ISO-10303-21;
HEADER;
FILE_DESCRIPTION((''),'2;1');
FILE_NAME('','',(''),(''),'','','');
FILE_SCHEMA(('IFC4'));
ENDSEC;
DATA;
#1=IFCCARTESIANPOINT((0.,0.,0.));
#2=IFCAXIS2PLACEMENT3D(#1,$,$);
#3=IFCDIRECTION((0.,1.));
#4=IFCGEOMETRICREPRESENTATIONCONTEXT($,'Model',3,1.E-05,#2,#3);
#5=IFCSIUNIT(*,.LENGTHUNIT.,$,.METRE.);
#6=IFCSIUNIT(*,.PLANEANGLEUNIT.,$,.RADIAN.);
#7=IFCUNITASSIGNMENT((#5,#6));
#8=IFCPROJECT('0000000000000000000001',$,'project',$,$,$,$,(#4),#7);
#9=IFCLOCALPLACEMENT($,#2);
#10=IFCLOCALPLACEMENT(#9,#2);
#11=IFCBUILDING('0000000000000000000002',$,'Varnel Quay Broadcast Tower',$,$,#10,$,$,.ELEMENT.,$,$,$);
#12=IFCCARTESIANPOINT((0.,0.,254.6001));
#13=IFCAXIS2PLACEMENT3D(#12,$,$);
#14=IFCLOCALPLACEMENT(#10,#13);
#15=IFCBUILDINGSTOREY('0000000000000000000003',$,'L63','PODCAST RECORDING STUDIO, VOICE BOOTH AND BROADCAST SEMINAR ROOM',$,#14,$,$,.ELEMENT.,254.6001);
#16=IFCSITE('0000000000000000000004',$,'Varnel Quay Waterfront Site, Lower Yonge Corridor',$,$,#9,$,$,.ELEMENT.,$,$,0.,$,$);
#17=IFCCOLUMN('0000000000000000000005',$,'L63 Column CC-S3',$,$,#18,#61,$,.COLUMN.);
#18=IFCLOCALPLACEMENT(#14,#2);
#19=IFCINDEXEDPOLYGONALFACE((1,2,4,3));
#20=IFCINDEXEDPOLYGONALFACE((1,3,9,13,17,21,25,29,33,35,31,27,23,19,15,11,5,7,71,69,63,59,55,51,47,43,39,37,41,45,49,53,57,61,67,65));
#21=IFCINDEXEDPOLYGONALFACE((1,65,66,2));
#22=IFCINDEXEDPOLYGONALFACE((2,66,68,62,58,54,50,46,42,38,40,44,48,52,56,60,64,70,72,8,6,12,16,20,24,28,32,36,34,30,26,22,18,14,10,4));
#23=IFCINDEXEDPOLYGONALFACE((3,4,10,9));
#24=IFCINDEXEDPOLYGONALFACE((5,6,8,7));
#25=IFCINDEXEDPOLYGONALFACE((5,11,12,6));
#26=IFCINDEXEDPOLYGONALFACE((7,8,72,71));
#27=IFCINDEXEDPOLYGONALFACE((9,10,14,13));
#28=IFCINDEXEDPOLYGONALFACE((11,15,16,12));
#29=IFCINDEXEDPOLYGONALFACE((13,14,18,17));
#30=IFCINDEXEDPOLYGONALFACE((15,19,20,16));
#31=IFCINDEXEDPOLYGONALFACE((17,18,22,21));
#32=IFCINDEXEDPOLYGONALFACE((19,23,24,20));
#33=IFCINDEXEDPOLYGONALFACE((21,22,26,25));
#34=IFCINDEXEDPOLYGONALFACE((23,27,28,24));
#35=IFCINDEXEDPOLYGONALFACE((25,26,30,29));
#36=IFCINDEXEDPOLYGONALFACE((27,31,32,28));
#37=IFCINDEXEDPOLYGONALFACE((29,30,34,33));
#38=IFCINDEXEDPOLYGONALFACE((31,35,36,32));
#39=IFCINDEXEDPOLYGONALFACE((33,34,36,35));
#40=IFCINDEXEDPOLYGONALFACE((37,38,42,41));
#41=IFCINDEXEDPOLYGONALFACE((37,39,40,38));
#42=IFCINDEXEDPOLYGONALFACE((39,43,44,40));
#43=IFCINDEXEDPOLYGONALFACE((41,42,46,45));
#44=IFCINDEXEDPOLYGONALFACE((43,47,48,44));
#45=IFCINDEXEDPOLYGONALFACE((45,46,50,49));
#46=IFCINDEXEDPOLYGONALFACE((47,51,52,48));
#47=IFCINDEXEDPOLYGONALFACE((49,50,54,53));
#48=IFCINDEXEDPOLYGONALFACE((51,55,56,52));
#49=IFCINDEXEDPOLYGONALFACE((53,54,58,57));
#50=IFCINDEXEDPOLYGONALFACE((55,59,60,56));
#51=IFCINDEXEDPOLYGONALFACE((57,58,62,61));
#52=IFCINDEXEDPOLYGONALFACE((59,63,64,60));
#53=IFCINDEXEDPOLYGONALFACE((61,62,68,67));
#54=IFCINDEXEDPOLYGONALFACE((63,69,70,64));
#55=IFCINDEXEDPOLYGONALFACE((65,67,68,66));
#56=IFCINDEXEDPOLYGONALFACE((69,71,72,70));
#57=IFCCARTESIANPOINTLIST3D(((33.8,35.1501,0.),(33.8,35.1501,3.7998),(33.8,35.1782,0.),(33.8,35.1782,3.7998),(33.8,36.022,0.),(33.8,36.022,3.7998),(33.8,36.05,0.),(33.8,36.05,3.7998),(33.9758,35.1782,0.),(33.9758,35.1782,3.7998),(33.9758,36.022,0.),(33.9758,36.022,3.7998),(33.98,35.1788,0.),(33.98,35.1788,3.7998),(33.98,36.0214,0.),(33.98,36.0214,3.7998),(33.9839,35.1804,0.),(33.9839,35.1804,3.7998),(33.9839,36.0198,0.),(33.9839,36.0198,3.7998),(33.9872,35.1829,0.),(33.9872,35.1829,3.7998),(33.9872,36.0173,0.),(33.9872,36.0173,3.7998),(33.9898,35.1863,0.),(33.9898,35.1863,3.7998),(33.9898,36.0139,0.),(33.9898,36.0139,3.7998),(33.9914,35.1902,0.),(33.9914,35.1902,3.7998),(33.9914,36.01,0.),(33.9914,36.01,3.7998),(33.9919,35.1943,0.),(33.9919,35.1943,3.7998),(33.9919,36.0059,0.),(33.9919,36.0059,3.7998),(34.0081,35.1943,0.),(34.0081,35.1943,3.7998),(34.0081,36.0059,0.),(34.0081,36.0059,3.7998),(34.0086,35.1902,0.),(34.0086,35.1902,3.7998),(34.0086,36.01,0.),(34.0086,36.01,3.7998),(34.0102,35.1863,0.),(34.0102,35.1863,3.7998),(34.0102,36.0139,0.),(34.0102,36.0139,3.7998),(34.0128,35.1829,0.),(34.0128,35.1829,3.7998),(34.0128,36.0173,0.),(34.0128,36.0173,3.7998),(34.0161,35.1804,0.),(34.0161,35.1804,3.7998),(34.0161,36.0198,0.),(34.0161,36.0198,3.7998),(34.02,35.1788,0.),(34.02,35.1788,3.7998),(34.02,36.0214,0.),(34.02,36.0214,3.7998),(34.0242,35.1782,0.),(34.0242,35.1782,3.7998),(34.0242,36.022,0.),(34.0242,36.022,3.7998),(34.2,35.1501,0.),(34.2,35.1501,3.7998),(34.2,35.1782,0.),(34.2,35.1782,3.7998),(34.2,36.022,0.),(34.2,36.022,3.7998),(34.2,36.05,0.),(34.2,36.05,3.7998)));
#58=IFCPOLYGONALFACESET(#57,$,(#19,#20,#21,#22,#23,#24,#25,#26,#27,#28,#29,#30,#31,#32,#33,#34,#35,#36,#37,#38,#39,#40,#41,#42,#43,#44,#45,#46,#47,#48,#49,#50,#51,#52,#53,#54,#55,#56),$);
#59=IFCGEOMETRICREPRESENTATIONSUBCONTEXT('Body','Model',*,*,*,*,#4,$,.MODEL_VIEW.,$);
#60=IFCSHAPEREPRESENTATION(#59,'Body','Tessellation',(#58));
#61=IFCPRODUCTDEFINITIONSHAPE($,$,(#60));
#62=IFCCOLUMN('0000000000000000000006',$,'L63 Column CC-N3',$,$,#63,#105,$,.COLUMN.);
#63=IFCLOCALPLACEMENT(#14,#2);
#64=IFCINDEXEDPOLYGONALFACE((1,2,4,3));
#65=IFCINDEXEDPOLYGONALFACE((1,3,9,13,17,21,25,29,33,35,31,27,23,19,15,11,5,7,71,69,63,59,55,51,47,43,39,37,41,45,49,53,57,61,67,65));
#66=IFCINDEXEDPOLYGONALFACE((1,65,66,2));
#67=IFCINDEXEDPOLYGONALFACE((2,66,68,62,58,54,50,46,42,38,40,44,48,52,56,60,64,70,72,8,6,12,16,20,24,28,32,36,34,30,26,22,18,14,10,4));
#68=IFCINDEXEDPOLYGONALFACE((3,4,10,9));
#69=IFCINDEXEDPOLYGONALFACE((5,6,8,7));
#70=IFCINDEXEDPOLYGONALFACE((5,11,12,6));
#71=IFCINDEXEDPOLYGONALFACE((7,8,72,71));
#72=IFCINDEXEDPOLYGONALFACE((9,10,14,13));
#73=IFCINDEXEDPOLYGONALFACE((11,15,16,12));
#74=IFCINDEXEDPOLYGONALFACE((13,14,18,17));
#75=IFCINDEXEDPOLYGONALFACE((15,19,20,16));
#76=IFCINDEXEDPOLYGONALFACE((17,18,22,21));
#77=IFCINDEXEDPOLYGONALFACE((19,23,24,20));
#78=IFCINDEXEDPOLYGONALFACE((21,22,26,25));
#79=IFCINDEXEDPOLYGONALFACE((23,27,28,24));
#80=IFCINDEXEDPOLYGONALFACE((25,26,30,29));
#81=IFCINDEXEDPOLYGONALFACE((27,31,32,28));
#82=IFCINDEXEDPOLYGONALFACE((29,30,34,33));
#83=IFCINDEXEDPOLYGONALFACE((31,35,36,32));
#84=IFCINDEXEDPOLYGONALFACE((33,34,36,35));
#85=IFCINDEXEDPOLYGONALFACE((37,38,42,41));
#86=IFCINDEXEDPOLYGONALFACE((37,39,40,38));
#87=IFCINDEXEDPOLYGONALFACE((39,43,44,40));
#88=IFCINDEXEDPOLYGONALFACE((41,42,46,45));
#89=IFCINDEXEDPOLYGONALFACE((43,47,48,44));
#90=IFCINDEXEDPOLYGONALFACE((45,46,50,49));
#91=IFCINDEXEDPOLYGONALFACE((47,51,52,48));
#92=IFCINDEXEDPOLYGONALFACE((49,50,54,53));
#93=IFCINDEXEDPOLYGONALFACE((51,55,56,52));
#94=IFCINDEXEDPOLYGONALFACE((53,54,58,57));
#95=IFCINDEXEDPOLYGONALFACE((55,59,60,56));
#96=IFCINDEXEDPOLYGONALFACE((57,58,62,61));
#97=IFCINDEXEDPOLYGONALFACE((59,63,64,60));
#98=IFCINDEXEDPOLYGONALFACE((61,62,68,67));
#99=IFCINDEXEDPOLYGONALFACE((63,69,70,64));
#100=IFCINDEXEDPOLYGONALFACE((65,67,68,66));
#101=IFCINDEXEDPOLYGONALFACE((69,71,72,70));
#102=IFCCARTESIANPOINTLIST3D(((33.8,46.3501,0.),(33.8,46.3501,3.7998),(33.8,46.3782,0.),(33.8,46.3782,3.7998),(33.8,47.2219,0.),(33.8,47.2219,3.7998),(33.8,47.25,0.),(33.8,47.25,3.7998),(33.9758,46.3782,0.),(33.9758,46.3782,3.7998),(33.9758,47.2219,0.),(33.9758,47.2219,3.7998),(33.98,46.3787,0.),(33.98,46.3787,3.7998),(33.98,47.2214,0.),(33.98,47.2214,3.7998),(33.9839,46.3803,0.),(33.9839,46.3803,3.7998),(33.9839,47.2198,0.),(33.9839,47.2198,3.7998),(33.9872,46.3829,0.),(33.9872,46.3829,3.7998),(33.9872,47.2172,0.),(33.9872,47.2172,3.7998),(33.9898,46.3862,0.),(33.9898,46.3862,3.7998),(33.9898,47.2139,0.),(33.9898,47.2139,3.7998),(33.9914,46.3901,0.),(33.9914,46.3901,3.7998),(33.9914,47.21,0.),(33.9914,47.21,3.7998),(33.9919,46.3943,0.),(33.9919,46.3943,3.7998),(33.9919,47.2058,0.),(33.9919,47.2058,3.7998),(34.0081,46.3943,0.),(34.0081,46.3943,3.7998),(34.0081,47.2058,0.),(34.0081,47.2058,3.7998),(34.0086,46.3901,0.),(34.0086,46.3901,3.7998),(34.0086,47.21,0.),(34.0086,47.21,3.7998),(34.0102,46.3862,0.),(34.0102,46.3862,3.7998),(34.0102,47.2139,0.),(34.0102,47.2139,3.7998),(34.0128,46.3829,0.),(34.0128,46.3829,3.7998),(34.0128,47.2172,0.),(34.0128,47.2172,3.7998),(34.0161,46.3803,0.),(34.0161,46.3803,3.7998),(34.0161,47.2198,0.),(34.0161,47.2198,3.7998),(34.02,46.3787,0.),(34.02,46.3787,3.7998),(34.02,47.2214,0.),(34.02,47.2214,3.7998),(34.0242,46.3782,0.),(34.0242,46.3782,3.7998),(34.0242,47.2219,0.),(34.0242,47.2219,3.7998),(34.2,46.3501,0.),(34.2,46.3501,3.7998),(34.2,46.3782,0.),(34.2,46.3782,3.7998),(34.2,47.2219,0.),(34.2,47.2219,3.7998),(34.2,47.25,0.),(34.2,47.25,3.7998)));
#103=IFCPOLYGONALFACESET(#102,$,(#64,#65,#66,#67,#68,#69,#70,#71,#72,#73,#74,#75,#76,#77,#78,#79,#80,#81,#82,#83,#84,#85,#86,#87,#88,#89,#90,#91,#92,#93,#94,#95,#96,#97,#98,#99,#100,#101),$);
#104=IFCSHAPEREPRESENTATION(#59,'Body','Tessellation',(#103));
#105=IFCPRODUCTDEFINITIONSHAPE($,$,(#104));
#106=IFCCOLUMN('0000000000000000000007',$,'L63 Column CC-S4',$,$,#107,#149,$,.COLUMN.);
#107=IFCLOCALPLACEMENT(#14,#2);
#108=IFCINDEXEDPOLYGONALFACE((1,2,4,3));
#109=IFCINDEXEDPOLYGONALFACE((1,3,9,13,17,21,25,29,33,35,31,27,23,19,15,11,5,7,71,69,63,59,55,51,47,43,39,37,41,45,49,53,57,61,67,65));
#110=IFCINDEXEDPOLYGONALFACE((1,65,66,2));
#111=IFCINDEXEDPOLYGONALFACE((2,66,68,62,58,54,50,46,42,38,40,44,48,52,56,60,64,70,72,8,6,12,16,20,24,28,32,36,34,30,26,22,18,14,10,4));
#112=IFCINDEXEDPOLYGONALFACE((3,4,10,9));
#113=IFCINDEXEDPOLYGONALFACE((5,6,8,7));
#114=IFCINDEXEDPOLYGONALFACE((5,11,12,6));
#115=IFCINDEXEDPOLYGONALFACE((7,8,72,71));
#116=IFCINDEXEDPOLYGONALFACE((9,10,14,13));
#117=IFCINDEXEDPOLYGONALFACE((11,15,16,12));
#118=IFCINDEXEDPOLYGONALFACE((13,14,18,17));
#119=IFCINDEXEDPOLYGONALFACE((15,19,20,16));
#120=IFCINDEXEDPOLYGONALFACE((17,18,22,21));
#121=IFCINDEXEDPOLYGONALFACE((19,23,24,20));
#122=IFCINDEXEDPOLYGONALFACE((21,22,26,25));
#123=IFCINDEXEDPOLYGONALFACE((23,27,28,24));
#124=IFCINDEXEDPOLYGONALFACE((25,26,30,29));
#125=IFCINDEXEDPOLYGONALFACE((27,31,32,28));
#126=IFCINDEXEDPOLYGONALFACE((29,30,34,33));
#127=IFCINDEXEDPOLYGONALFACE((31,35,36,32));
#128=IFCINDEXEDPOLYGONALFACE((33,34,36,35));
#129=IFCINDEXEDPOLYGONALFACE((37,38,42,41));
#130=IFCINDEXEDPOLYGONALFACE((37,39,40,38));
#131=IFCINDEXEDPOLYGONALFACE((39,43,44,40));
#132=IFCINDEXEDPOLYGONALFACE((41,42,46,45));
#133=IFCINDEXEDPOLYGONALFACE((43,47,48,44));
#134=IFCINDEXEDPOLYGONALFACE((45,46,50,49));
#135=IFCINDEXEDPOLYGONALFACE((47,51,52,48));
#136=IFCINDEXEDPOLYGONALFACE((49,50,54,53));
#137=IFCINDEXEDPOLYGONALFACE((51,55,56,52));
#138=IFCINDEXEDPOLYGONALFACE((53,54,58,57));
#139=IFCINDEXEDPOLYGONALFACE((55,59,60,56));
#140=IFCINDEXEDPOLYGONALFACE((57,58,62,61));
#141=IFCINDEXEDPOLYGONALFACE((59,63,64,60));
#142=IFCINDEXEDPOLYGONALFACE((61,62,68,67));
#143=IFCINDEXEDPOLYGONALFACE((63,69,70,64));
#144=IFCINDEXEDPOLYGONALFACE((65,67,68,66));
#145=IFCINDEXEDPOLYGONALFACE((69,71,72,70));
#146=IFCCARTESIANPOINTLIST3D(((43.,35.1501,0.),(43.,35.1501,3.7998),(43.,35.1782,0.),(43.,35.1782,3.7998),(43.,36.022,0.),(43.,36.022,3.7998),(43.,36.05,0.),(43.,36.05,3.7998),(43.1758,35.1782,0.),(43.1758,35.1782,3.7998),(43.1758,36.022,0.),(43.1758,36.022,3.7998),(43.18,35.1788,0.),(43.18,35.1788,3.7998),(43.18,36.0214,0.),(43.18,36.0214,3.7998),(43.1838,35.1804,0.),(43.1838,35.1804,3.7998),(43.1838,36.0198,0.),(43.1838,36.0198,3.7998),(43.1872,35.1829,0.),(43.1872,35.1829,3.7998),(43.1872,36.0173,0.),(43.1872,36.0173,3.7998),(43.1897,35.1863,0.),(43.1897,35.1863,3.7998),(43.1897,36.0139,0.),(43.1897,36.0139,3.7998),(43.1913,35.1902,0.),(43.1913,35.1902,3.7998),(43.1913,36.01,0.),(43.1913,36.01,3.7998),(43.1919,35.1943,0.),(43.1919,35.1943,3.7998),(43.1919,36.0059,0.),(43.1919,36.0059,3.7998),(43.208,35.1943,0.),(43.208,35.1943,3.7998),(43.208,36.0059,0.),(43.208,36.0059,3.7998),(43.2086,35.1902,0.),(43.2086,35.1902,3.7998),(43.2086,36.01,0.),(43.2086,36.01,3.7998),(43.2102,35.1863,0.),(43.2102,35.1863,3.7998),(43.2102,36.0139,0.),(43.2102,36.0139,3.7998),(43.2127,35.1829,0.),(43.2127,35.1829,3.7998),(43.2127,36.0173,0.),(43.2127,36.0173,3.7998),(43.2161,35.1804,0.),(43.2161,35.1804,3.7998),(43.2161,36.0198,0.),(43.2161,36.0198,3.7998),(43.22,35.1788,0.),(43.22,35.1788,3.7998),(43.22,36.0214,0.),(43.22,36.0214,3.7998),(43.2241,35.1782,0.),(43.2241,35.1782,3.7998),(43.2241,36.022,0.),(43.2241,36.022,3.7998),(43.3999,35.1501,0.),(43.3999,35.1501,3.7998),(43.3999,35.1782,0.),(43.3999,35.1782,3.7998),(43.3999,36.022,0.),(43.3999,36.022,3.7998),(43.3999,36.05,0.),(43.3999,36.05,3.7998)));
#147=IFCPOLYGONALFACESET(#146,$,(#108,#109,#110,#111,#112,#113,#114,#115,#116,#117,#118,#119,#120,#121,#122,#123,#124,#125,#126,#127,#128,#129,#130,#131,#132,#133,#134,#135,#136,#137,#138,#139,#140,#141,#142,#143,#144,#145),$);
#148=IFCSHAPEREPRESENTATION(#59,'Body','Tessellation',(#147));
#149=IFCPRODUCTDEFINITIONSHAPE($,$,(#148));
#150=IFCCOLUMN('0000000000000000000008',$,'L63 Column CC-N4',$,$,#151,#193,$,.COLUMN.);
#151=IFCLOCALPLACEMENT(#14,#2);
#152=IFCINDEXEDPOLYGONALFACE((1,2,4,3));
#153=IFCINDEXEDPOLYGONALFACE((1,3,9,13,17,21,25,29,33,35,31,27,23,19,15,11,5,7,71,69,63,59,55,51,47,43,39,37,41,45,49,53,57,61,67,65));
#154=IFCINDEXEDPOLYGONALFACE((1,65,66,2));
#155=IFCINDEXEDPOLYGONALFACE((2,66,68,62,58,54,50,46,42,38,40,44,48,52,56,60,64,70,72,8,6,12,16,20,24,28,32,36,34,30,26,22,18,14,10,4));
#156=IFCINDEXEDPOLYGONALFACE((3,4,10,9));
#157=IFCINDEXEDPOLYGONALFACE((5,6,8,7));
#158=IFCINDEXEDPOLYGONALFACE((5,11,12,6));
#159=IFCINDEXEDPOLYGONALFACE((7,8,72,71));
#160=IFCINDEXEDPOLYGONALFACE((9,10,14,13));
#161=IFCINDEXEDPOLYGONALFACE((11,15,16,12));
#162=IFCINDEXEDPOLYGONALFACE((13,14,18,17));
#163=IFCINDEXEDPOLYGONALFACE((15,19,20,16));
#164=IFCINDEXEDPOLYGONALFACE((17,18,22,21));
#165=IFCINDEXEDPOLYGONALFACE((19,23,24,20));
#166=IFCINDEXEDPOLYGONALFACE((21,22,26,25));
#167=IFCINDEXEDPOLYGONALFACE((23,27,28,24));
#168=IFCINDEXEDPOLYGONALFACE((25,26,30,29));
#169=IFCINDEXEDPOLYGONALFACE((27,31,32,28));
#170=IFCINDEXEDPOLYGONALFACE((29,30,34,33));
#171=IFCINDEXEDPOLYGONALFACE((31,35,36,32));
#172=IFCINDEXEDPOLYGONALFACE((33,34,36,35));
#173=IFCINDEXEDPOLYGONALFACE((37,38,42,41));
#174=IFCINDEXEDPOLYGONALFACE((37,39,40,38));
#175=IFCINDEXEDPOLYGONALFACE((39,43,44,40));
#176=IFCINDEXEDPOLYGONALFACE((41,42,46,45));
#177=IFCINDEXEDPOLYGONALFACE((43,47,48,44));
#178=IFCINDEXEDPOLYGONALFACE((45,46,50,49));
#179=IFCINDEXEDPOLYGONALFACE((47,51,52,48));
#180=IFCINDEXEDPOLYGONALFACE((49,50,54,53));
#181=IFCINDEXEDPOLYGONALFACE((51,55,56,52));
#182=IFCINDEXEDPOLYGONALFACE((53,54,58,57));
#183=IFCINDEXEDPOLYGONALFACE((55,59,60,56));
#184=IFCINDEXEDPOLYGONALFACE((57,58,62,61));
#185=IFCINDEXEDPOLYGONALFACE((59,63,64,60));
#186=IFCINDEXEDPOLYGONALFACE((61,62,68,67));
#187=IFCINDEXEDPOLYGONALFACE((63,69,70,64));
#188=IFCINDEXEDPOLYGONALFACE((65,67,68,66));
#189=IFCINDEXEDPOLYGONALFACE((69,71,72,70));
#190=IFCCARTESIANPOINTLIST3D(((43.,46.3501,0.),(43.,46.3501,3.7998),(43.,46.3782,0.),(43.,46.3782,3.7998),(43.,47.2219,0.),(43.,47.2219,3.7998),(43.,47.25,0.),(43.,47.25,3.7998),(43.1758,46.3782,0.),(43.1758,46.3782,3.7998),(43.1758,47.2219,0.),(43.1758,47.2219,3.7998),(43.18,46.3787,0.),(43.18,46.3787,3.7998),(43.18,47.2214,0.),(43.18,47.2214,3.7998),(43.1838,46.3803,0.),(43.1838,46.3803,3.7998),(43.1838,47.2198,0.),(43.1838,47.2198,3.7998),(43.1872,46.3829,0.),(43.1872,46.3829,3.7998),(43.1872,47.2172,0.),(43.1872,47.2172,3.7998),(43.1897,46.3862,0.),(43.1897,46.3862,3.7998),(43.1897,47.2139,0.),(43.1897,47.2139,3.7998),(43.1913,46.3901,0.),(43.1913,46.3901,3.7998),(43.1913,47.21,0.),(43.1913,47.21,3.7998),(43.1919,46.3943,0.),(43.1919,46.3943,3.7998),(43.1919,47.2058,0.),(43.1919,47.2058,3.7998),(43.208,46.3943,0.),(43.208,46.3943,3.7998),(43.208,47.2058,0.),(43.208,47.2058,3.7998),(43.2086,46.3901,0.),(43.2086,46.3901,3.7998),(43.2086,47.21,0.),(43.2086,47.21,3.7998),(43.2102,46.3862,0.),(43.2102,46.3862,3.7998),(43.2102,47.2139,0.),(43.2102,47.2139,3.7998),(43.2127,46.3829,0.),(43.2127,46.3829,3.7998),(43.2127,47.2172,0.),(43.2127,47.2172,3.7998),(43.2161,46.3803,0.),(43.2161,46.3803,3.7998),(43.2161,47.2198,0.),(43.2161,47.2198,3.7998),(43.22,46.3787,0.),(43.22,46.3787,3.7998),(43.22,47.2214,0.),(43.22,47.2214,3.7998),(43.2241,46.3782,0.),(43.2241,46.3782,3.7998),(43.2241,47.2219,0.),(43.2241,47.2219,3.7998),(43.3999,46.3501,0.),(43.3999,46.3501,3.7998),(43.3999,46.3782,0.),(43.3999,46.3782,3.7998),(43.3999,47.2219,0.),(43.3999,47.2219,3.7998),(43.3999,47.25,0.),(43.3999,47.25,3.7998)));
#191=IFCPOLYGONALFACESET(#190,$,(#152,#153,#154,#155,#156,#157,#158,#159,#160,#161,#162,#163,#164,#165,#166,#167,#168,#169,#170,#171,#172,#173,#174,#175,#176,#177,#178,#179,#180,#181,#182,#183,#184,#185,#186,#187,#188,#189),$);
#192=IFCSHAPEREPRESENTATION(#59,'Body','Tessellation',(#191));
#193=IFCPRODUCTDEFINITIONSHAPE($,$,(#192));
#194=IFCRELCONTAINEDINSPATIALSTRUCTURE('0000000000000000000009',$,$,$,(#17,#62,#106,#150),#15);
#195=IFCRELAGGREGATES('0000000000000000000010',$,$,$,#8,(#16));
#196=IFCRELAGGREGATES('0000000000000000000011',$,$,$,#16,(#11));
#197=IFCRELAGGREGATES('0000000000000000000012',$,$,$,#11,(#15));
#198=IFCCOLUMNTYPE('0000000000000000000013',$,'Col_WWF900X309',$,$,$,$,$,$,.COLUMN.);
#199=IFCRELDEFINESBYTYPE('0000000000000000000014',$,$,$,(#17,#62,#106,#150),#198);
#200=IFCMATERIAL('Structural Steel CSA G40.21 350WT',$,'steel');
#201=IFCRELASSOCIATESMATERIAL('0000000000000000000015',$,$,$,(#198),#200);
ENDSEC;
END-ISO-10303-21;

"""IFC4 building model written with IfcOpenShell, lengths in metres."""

from ifc_helpers import new_model, si_unit, direction, frame, origin, origin_2d, place, context, subcontext, project, spatial, i_section, extrude, source, transform, mapped, material, material_profile, profile_set, type_object, type_shapes, element, save


model = new_model("IFC4")

# Units and contexts
model_context = context("Model", 3, precision=1e-05, world=origin(), true_north=direction((0.0, 1.0)))
body_context = subcontext(model_context, "Body", "Model", "MODEL_VIEW")
ifc_project = project(units=[si_unit("LENGTHUNIT", "METRE"), si_unit("PLANEANGLEUNIT", "RADIAN")], contexts=[model_context])

# Site, building, storey
site_placement = place(None, origin())
site = spatial("IfcSite", under=ifc_project, at=site_placement, Name="Varnel Quay Waterfront Site, Lower Yonge Corridor", CompositionType="ELEMENT", RefElevation=0.0)
building_placement = place(site_placement, origin())
building = spatial("IfcBuilding", under=site, at=building_placement, Name="Varnel Quay Broadcast Tower", CompositionType="ELEMENT")
storey_placement = place(building_placement, frame((0.0, 0.0, 254.6001)))
storey = spatial("IfcBuildingStorey", under=building, at=storey_placement, Name="L63", Description="PODCAST RECORDING STUDIO, VOICE BOOTH AND BROADCAST SEMINAR ROOM", CompositionType="ELEMENT", Elevation=254.6001)

# Columns
ifc_material_1 = material(Name="Structural Steel CSA G40.21 350WT", Category="steel")
ifc_material_profile_1 = material_profile(ifc_material_1, i_section(OverallWidth=0.3999, OverallDepth=0.8999, WebThickness=0.0161, FlangeThickness=0.0281, FilletRadius=0.0161, at=origin_2d()), Name="WWF900X309")
ifc_profile_set_1 = profile_set([ifc_material_profile_1], Name="Structural Steel CSA G40.21 350WT")
column_type = type_object("IfcColumnType", Name="Col_WWF900X309", PredefinedType="COLUMN", material=ifc_profile_set_1)
shared_shape_1 = source(origin(), body_context, "Body", "SweptSolid", [
    extrude(i_section(OverallWidth=0.3999, OverallDepth=0.8999, WebThickness=0.0161, FlangeThickness=0.0281, FilletRadius=0.0161, at=origin_2d()), origin(), (0.0, 0.0, 1.0), 3.7998),
])
type_shapes(column_type, [shared_shape_1])
for number, where, z_axis, x_axis, name in (
    (1, (34.0, 35.6001, 0.0), (0.0, 0.0, 1.0), (1.0, 0.0, 0.0), "L63 Column CC-S3"),
    (2, (34.0, 46.8, 0.0), (0.0, 0.0, 1.0), (1.0, 0.0, 0.0), "L63 Column CC-N3"),
    (3, (43.2, 35.6001, 0.0), (0.0, 0.0, 1.0), (1.0, 0.0, 0.0), "L63 Column CC-S4"),
    (4, (43.2, 46.8, 0.0), (0.0, 0.0, 1.0), (1.0, 0.0, 0.0), "L63 Column CC-N4"),
):
    element("IfcColumn", number, at=place(storey_placement, frame(where, z_axis=z_axis, x_axis=x_axis)), inside=storey, type_object=column_type, Name=name, PredefinedType="COLUMN", context=body_context, shape_type="MappedRepresentation", body=[
        mapped(shared_shape_1, transform((0.0, 0.0, 0.0), x_axis=(1.0, 0.0, 0.0), y_axis=(0.0, 1.0, 0.0), z_axis=(0.0, 0.0, 1.0), scale=1.0)),
    ])

save(model, "model.ifc")
